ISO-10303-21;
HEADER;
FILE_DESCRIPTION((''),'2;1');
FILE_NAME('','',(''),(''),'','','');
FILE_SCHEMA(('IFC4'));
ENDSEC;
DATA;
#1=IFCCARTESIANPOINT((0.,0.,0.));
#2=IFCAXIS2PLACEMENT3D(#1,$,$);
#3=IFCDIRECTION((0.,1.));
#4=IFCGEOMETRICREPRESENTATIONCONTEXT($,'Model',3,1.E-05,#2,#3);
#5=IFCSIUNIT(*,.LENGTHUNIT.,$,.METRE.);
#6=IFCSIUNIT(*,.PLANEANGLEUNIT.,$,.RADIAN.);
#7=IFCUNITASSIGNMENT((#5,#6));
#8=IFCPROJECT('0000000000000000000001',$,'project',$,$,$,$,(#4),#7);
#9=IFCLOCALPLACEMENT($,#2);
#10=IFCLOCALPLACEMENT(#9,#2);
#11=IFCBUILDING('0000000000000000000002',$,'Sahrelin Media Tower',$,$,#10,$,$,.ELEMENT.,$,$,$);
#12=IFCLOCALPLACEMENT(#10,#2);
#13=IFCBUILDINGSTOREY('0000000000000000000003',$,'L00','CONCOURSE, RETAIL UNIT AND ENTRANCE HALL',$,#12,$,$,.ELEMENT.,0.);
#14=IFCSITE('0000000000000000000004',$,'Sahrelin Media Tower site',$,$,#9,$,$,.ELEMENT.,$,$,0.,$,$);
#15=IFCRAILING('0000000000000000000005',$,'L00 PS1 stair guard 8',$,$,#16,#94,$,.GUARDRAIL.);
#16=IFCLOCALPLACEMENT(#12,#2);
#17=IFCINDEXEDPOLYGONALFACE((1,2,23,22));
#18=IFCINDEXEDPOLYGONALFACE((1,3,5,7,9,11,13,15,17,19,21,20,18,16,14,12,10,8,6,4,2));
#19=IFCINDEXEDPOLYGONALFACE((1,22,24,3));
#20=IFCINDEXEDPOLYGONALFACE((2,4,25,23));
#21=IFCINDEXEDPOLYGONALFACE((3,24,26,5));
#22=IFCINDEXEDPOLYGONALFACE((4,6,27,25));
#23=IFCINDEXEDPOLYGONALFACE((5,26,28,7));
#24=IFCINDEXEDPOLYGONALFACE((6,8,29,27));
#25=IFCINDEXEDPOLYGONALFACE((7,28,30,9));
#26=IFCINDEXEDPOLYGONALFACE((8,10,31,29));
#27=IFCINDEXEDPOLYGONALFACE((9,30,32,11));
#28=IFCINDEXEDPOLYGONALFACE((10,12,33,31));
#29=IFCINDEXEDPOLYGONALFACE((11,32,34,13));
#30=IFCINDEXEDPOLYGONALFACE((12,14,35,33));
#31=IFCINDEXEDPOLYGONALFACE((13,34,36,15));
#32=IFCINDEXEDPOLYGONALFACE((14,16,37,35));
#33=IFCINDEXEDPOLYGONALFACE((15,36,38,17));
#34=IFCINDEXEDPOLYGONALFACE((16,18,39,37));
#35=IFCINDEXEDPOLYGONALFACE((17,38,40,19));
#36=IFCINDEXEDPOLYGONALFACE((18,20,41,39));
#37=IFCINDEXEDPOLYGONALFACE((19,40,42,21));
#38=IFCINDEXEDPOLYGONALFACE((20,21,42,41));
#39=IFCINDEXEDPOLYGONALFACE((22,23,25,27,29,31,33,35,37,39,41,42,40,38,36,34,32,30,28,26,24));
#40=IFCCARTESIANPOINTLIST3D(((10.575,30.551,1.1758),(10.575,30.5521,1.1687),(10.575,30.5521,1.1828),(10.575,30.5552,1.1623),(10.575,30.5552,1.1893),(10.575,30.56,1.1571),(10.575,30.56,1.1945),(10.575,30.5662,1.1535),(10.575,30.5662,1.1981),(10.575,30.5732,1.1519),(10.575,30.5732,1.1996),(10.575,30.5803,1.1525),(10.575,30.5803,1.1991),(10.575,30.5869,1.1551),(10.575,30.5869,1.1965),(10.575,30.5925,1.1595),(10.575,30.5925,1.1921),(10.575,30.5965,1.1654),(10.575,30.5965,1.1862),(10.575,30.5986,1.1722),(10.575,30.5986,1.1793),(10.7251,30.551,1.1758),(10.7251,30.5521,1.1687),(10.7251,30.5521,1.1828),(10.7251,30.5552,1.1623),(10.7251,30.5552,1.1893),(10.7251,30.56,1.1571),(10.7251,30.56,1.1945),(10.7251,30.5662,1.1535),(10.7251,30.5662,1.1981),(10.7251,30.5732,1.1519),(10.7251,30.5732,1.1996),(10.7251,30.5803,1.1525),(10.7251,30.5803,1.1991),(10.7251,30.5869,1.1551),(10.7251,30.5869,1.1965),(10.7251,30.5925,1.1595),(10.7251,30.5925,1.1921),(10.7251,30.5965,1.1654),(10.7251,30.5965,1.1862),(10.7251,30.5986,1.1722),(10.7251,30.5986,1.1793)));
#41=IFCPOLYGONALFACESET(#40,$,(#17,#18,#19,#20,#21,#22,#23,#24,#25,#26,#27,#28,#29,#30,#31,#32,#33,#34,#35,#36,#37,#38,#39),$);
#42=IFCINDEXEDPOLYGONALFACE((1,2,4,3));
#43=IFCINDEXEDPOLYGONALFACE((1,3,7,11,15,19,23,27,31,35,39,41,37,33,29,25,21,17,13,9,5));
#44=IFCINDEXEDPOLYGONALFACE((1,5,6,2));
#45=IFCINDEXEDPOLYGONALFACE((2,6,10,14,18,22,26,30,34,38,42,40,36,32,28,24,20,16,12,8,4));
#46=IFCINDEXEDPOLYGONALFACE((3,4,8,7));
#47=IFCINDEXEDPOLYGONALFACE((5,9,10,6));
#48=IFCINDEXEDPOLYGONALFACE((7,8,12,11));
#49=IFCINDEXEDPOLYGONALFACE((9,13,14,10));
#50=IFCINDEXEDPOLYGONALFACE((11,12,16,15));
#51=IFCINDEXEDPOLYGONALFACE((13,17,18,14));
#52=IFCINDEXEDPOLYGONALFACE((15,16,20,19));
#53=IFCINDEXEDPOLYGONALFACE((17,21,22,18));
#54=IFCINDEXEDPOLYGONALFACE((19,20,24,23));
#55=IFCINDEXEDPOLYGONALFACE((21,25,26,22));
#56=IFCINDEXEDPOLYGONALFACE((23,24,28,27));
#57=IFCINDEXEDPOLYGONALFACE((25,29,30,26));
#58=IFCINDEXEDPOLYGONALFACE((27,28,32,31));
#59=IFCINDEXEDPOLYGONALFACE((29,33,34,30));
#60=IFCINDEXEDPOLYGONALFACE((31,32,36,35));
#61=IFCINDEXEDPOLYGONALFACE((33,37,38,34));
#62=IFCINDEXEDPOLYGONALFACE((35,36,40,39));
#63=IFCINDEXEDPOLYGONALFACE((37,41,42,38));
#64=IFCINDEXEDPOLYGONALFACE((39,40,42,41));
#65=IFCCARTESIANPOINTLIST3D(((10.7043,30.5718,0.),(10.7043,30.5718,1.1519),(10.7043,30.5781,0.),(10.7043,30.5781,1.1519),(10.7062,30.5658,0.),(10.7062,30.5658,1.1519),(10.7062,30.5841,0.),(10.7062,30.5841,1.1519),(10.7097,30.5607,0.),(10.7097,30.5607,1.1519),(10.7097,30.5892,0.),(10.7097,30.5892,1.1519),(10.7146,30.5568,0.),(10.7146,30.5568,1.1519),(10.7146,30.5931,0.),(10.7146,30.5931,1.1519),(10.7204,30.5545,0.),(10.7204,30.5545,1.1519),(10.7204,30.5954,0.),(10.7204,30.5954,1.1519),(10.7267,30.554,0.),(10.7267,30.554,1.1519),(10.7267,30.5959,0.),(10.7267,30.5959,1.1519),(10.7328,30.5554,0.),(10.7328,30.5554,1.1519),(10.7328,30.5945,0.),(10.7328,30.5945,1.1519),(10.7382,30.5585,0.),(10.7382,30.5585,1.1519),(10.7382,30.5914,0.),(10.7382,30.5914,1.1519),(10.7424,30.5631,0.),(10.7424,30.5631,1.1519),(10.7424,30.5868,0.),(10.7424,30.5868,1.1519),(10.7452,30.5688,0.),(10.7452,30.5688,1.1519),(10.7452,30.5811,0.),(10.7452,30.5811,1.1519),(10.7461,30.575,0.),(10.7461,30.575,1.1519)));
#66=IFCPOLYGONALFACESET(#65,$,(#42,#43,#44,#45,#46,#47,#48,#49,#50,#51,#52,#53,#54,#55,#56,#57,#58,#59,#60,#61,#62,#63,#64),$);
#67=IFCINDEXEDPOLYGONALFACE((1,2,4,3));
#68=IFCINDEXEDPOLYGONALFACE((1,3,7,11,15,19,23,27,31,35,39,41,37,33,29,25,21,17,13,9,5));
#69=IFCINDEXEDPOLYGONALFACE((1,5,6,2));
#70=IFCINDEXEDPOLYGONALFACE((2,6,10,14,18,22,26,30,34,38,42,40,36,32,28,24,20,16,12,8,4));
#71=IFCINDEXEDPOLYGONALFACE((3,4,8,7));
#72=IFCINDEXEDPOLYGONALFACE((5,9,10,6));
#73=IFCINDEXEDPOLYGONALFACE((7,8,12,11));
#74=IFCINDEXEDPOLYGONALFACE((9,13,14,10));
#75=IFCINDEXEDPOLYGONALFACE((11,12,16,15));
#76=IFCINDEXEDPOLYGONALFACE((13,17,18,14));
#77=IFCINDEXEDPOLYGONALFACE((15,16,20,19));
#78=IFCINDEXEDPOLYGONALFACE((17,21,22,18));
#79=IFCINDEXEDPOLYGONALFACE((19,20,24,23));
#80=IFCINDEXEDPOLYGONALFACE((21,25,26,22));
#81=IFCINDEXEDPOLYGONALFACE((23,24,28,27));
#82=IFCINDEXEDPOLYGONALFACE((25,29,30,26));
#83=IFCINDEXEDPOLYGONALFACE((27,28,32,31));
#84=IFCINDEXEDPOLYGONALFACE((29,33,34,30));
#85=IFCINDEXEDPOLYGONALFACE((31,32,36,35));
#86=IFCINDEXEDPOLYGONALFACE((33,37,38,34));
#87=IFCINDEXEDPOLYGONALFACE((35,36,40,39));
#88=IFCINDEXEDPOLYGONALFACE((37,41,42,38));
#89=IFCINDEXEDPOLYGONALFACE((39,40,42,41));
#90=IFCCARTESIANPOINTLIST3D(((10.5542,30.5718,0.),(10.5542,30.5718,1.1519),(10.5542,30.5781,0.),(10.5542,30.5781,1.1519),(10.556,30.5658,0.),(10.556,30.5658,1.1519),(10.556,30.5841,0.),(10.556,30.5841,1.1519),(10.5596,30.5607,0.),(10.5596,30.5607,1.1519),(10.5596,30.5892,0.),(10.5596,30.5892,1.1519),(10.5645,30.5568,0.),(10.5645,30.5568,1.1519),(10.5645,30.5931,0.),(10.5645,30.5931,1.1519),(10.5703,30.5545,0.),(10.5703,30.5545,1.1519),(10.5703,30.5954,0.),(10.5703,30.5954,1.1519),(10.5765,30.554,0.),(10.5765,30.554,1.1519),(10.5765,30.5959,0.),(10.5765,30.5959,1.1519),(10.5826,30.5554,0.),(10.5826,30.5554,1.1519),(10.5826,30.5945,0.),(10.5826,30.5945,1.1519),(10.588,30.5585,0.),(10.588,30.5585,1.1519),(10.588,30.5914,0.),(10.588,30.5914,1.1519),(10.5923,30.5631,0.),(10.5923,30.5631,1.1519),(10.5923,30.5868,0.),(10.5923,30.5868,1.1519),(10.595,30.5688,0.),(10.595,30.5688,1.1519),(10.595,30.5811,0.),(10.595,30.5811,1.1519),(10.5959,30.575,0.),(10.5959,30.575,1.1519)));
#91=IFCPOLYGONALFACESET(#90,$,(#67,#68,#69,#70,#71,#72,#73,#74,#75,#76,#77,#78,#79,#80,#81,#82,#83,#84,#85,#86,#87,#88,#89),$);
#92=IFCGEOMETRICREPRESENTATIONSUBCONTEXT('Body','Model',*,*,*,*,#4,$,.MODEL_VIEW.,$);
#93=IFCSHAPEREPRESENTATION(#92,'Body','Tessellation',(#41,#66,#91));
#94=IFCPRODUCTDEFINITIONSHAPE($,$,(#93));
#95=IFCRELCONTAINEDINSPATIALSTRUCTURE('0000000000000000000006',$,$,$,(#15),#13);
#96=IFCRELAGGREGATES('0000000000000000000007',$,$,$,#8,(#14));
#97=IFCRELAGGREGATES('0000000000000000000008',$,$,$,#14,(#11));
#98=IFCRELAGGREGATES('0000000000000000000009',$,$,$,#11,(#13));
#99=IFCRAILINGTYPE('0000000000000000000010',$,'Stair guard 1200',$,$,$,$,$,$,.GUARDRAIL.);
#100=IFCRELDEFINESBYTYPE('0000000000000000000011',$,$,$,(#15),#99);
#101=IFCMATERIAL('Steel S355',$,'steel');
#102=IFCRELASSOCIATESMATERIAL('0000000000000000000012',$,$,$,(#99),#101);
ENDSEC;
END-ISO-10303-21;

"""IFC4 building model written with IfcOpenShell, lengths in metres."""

from ifc_helpers import new_model, si_unit, direction, frame, origin, origin_2d, place, context, subcontext, project, spatial, circle, extrude, material, type_object, element, save


model = new_model("IFC4")

# Units and contexts
model_context = context("Model", 3, precision=1e-05, world=origin(), true_north=direction((0.0, 1.0)))
body_context = subcontext(model_context, "Body", "Model", "MODEL_VIEW")
ifc_project = project(units=[si_unit("LENGTHUNIT", "METRE"), si_unit("PLANEANGLEUNIT", "RADIAN")], contexts=[model_context])

# Site, building, storey
site_placement = place(None, origin())
site = spatial("IfcSite", under=ifc_project, at=site_placement, Name="Sahrelin Media Tower site", CompositionType="ELEMENT", RefElevation=0.0)
building_placement = place(site_placement, origin())
building = spatial("IfcBuilding", under=site, at=building_placement, Name="Sahrelin Media Tower", CompositionType="ELEMENT")
storey_placement = place(building_placement, origin())
storey = spatial("IfcBuildingStorey", under=building, at=storey_placement, Name="L00", Description="CONCOURSE, RETAIL UNIT AND ENTRANCE HALL", CompositionType="ELEMENT", Elevation=0.0)

# Shared definitions
ifc_material_1 = material(Name="Steel S355", Category="steel")

# Railing
railing_type_1 = type_object("IfcRailingType", Name="Stair guard 1200", PredefinedType="GUARDRAIL", material=ifc_material_1)
railing_1_placement = place(storey_placement, frame((10.7251, 30.575, 0.0)))
element("IfcRailing", 1, at=railing_1_placement, inside=storey, type_object=railing_type_1, Name="L00 PS1 stair guard 8", PredefinedType="GUARDRAIL", context=body_context, shape_type="SweptSolid", body=[
    extrude(circle(Radius=0.0239, at=origin_2d()), frame((0.0, 0.0, 1.1758), z_axis=(-1.0, 0.0, 0.0), x_axis=(0.0, -1.0, 0.0)), (0.0, 0.0, 1.0), 0.1501),
    extrude(circle(Radius=0.021, at=origin_2d()), origin(), (0.0, 0.0, 1.0), 1.1519),
    extrude(circle(Radius=0.021, at=origin_2d()), frame((-0.1501, 0.0, 0.0)), (0.0, 0.0, 1.0), 1.1519),
])

save(model, "model.ifc")
